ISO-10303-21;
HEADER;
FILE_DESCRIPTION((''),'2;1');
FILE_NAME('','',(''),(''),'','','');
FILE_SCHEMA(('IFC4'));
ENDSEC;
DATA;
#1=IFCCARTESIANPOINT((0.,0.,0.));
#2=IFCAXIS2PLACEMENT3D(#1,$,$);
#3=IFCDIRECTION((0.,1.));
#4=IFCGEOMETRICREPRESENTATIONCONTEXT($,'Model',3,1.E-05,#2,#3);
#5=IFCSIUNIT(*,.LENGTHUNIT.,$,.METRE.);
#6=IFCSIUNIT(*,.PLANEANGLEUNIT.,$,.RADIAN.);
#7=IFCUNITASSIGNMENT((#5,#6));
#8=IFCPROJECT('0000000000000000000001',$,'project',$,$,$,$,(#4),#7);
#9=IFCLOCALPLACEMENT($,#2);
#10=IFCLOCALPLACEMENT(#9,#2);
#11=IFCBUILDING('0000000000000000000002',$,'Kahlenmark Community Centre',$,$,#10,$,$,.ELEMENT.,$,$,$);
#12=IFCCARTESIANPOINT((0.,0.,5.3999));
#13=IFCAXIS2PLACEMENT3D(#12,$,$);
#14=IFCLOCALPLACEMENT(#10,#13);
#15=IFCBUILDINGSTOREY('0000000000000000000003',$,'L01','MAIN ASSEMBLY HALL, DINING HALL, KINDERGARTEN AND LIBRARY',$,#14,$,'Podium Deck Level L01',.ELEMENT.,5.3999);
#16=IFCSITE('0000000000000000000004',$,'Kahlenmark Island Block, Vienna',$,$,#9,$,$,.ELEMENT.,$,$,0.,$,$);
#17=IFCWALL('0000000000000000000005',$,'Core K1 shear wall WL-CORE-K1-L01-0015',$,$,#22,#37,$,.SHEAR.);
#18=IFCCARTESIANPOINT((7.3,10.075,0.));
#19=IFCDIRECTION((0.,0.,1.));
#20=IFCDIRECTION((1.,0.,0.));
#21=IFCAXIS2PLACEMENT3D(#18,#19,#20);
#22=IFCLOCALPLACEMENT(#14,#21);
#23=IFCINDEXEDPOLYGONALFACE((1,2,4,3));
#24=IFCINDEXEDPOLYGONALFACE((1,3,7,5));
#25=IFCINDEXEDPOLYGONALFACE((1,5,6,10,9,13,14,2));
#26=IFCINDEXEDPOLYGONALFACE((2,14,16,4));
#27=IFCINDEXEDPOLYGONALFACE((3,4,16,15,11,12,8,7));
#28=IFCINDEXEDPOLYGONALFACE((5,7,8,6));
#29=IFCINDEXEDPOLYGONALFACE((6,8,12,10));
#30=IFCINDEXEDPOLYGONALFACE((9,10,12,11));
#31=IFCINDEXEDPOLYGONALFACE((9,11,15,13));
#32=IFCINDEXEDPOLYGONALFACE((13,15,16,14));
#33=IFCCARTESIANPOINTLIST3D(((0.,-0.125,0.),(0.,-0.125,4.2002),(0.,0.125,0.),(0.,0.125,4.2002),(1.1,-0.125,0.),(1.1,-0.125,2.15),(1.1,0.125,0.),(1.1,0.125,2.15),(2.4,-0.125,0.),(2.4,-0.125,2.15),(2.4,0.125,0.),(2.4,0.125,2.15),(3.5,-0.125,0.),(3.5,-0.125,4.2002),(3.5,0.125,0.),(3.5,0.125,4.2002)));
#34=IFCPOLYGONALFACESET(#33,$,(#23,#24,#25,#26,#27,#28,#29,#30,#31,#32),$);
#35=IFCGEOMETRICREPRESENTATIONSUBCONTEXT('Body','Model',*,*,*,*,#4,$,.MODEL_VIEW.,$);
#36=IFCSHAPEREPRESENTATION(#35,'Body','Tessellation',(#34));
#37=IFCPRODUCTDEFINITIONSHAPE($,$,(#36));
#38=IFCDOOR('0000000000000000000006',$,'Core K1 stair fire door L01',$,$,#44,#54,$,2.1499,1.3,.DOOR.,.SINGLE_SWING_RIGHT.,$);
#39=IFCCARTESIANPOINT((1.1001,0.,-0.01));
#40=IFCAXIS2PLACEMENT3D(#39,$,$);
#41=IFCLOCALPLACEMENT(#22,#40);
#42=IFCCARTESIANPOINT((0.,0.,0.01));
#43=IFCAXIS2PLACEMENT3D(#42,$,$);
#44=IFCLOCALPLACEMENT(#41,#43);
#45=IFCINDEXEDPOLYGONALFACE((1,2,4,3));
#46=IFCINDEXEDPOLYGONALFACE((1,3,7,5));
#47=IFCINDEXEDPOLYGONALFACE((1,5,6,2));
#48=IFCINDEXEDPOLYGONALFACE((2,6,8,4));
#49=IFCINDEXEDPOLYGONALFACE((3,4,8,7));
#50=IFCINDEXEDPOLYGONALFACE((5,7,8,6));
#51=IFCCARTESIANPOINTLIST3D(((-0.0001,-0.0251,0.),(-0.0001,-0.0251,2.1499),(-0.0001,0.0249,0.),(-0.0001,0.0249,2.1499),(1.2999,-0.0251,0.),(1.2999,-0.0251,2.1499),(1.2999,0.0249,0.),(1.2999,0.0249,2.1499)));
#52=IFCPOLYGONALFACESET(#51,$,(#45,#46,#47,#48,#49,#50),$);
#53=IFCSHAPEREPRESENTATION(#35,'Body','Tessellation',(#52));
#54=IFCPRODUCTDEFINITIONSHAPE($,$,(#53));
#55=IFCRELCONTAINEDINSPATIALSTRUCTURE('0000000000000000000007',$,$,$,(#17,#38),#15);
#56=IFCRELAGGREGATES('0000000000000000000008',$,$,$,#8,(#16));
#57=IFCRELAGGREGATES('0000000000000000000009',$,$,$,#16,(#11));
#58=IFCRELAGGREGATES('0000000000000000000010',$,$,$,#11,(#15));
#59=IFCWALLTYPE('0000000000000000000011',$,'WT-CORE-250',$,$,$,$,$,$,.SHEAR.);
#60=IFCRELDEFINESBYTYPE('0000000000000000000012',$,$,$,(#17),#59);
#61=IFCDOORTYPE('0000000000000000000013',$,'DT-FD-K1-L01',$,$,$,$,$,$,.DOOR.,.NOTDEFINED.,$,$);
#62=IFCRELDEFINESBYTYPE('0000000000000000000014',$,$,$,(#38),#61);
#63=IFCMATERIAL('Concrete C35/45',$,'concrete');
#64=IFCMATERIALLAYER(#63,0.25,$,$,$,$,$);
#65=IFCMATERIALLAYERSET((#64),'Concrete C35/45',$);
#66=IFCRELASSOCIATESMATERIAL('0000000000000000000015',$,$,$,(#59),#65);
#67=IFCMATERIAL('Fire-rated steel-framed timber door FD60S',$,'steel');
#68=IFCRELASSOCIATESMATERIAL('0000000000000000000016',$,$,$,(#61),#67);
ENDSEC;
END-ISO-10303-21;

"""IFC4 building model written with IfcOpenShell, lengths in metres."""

from ifc_helpers import new_model, si_unit, direction, frame, frame_2d, origin, place, context, subcontext, project, spatial, rectangle, extrude, material, layer, layer_set, type_object, element, fill, save


model = new_model("IFC4")

# Units and contexts
model_context = context("Model", 3, precision=1e-05, world=origin(), true_north=direction((0.0, 1.0)))
body_context = subcontext(model_context, "Body", "Model", "MODEL_VIEW")
ifc_project = project(units=[si_unit("LENGTHUNIT", "METRE"), si_unit("PLANEANGLEUNIT", "RADIAN")], contexts=[model_context])

# Site, building, storey
site_placement = place(None, origin())
site = spatial("IfcSite", under=ifc_project, at=site_placement, Name="Kahlenmark Island Block, Vienna", CompositionType="ELEMENT", RefElevation=0.0)
building_placement = place(site_placement, origin())
building = spatial("IfcBuilding", under=site, at=building_placement, Name="Kahlenmark Community Centre", CompositionType="ELEMENT")
storey_placement = place(building_placement, frame((0.0, 0.0, 5.3999)))
storey = spatial("IfcBuildingStorey", under=building, at=storey_placement, Name="L01", Description="MAIN ASSEMBLY HALL, DINING HALL, KINDERGARTEN AND LIBRARY", LongName="Podium Deck Level L01", CompositionType="ELEMENT", Elevation=5.3999)

# Shared definitions
ifc_material_1 = material(Name="Concrete C35/45", Category="concrete")

# Wall, opening, door
ifc_layer_1 = layer(ifc_material_1, 0.25)
ifc_layer_set_1 = layer_set([ifc_layer_1], Name="Concrete C35/45")
wall_type_1 = type_object("IfcWallType", Name="WT-CORE-250", PredefinedType="SHEAR", material=ifc_layer_set_1)
wall_1_placement = place(storey_placement, frame((7.3, 10.075, 0.0), z_axis=(0.0, 0.0, 1.0), x_axis=(1.0, 0.0, 0.0)))
wall_1 = element("IfcWall", 1, at=wall_1_placement, inside=storey, type_object=wall_type_1, Name="Core K1 shear wall WL-CORE-K1-L01-0015", PredefinedType="SHEAR", context=body_context, shape_type="SweptSolid", body=[
    extrude(rectangle(XDim=3.5, YDim=0.25, at=frame_2d((1.75, 0.0))), origin(), (0.0, 0.0, 1.0), 4.2002),
])
opening_1_placement = place(wall_1_placement, frame((1.1001, 0.0, -0.01)))
opening_1 = element("IfcOpeningElement", 2, at=opening_1_placement, cuts=wall_1, PredefinedType="OPENING", context=body_context, shape_type="SweptSolid", body=[
    extrude(rectangle(XDim=1.3, YDim=2.1599, at=frame_2d((0.6499, 1.0801))), frame((0.0, 0.135, 0.0), z_axis=(0.0, -1.0, 0.0), x_axis=(1.0, 0.0, 0.0)), (0.0, 0.0, 1.0), 0.27),
])
ifc_material_2 = material(Name="Fire-rated steel-framed timber door FD60S", Category="steel")
door_type_1 = type_object("IfcDoorType", Name="DT-FD-K1-L01", OperationType="NOTDEFINED", PredefinedType="DOOR", material=ifc_material_2)
door_1_placement = place(opening_1_placement, frame((0.0, 0.0, 0.01)))
door_1 = element("IfcDoor", 3, at=door_1_placement, inside=storey, type_object=door_type_1, Name="Core K1 stair fire door L01", OperationType="SINGLE_SWING_RIGHT", OverallHeight=2.1499, OverallWidth=1.3, PredefinedType="DOOR", context=body_context, shape_type="SweptSolid", body=[
    extrude(rectangle(XDim=1.3, YDim=2.1499, at=frame_2d((0.6499, 1.075))), frame((0.0, 0.0249, 0.0), z_axis=(0.0, -1.0, 0.0), x_axis=(1.0, 0.0, 0.0)), (0.0, 0.0, 1.0), 0.05),
])
fill(opening_1, door_1)

save(model, "model.ifc")
